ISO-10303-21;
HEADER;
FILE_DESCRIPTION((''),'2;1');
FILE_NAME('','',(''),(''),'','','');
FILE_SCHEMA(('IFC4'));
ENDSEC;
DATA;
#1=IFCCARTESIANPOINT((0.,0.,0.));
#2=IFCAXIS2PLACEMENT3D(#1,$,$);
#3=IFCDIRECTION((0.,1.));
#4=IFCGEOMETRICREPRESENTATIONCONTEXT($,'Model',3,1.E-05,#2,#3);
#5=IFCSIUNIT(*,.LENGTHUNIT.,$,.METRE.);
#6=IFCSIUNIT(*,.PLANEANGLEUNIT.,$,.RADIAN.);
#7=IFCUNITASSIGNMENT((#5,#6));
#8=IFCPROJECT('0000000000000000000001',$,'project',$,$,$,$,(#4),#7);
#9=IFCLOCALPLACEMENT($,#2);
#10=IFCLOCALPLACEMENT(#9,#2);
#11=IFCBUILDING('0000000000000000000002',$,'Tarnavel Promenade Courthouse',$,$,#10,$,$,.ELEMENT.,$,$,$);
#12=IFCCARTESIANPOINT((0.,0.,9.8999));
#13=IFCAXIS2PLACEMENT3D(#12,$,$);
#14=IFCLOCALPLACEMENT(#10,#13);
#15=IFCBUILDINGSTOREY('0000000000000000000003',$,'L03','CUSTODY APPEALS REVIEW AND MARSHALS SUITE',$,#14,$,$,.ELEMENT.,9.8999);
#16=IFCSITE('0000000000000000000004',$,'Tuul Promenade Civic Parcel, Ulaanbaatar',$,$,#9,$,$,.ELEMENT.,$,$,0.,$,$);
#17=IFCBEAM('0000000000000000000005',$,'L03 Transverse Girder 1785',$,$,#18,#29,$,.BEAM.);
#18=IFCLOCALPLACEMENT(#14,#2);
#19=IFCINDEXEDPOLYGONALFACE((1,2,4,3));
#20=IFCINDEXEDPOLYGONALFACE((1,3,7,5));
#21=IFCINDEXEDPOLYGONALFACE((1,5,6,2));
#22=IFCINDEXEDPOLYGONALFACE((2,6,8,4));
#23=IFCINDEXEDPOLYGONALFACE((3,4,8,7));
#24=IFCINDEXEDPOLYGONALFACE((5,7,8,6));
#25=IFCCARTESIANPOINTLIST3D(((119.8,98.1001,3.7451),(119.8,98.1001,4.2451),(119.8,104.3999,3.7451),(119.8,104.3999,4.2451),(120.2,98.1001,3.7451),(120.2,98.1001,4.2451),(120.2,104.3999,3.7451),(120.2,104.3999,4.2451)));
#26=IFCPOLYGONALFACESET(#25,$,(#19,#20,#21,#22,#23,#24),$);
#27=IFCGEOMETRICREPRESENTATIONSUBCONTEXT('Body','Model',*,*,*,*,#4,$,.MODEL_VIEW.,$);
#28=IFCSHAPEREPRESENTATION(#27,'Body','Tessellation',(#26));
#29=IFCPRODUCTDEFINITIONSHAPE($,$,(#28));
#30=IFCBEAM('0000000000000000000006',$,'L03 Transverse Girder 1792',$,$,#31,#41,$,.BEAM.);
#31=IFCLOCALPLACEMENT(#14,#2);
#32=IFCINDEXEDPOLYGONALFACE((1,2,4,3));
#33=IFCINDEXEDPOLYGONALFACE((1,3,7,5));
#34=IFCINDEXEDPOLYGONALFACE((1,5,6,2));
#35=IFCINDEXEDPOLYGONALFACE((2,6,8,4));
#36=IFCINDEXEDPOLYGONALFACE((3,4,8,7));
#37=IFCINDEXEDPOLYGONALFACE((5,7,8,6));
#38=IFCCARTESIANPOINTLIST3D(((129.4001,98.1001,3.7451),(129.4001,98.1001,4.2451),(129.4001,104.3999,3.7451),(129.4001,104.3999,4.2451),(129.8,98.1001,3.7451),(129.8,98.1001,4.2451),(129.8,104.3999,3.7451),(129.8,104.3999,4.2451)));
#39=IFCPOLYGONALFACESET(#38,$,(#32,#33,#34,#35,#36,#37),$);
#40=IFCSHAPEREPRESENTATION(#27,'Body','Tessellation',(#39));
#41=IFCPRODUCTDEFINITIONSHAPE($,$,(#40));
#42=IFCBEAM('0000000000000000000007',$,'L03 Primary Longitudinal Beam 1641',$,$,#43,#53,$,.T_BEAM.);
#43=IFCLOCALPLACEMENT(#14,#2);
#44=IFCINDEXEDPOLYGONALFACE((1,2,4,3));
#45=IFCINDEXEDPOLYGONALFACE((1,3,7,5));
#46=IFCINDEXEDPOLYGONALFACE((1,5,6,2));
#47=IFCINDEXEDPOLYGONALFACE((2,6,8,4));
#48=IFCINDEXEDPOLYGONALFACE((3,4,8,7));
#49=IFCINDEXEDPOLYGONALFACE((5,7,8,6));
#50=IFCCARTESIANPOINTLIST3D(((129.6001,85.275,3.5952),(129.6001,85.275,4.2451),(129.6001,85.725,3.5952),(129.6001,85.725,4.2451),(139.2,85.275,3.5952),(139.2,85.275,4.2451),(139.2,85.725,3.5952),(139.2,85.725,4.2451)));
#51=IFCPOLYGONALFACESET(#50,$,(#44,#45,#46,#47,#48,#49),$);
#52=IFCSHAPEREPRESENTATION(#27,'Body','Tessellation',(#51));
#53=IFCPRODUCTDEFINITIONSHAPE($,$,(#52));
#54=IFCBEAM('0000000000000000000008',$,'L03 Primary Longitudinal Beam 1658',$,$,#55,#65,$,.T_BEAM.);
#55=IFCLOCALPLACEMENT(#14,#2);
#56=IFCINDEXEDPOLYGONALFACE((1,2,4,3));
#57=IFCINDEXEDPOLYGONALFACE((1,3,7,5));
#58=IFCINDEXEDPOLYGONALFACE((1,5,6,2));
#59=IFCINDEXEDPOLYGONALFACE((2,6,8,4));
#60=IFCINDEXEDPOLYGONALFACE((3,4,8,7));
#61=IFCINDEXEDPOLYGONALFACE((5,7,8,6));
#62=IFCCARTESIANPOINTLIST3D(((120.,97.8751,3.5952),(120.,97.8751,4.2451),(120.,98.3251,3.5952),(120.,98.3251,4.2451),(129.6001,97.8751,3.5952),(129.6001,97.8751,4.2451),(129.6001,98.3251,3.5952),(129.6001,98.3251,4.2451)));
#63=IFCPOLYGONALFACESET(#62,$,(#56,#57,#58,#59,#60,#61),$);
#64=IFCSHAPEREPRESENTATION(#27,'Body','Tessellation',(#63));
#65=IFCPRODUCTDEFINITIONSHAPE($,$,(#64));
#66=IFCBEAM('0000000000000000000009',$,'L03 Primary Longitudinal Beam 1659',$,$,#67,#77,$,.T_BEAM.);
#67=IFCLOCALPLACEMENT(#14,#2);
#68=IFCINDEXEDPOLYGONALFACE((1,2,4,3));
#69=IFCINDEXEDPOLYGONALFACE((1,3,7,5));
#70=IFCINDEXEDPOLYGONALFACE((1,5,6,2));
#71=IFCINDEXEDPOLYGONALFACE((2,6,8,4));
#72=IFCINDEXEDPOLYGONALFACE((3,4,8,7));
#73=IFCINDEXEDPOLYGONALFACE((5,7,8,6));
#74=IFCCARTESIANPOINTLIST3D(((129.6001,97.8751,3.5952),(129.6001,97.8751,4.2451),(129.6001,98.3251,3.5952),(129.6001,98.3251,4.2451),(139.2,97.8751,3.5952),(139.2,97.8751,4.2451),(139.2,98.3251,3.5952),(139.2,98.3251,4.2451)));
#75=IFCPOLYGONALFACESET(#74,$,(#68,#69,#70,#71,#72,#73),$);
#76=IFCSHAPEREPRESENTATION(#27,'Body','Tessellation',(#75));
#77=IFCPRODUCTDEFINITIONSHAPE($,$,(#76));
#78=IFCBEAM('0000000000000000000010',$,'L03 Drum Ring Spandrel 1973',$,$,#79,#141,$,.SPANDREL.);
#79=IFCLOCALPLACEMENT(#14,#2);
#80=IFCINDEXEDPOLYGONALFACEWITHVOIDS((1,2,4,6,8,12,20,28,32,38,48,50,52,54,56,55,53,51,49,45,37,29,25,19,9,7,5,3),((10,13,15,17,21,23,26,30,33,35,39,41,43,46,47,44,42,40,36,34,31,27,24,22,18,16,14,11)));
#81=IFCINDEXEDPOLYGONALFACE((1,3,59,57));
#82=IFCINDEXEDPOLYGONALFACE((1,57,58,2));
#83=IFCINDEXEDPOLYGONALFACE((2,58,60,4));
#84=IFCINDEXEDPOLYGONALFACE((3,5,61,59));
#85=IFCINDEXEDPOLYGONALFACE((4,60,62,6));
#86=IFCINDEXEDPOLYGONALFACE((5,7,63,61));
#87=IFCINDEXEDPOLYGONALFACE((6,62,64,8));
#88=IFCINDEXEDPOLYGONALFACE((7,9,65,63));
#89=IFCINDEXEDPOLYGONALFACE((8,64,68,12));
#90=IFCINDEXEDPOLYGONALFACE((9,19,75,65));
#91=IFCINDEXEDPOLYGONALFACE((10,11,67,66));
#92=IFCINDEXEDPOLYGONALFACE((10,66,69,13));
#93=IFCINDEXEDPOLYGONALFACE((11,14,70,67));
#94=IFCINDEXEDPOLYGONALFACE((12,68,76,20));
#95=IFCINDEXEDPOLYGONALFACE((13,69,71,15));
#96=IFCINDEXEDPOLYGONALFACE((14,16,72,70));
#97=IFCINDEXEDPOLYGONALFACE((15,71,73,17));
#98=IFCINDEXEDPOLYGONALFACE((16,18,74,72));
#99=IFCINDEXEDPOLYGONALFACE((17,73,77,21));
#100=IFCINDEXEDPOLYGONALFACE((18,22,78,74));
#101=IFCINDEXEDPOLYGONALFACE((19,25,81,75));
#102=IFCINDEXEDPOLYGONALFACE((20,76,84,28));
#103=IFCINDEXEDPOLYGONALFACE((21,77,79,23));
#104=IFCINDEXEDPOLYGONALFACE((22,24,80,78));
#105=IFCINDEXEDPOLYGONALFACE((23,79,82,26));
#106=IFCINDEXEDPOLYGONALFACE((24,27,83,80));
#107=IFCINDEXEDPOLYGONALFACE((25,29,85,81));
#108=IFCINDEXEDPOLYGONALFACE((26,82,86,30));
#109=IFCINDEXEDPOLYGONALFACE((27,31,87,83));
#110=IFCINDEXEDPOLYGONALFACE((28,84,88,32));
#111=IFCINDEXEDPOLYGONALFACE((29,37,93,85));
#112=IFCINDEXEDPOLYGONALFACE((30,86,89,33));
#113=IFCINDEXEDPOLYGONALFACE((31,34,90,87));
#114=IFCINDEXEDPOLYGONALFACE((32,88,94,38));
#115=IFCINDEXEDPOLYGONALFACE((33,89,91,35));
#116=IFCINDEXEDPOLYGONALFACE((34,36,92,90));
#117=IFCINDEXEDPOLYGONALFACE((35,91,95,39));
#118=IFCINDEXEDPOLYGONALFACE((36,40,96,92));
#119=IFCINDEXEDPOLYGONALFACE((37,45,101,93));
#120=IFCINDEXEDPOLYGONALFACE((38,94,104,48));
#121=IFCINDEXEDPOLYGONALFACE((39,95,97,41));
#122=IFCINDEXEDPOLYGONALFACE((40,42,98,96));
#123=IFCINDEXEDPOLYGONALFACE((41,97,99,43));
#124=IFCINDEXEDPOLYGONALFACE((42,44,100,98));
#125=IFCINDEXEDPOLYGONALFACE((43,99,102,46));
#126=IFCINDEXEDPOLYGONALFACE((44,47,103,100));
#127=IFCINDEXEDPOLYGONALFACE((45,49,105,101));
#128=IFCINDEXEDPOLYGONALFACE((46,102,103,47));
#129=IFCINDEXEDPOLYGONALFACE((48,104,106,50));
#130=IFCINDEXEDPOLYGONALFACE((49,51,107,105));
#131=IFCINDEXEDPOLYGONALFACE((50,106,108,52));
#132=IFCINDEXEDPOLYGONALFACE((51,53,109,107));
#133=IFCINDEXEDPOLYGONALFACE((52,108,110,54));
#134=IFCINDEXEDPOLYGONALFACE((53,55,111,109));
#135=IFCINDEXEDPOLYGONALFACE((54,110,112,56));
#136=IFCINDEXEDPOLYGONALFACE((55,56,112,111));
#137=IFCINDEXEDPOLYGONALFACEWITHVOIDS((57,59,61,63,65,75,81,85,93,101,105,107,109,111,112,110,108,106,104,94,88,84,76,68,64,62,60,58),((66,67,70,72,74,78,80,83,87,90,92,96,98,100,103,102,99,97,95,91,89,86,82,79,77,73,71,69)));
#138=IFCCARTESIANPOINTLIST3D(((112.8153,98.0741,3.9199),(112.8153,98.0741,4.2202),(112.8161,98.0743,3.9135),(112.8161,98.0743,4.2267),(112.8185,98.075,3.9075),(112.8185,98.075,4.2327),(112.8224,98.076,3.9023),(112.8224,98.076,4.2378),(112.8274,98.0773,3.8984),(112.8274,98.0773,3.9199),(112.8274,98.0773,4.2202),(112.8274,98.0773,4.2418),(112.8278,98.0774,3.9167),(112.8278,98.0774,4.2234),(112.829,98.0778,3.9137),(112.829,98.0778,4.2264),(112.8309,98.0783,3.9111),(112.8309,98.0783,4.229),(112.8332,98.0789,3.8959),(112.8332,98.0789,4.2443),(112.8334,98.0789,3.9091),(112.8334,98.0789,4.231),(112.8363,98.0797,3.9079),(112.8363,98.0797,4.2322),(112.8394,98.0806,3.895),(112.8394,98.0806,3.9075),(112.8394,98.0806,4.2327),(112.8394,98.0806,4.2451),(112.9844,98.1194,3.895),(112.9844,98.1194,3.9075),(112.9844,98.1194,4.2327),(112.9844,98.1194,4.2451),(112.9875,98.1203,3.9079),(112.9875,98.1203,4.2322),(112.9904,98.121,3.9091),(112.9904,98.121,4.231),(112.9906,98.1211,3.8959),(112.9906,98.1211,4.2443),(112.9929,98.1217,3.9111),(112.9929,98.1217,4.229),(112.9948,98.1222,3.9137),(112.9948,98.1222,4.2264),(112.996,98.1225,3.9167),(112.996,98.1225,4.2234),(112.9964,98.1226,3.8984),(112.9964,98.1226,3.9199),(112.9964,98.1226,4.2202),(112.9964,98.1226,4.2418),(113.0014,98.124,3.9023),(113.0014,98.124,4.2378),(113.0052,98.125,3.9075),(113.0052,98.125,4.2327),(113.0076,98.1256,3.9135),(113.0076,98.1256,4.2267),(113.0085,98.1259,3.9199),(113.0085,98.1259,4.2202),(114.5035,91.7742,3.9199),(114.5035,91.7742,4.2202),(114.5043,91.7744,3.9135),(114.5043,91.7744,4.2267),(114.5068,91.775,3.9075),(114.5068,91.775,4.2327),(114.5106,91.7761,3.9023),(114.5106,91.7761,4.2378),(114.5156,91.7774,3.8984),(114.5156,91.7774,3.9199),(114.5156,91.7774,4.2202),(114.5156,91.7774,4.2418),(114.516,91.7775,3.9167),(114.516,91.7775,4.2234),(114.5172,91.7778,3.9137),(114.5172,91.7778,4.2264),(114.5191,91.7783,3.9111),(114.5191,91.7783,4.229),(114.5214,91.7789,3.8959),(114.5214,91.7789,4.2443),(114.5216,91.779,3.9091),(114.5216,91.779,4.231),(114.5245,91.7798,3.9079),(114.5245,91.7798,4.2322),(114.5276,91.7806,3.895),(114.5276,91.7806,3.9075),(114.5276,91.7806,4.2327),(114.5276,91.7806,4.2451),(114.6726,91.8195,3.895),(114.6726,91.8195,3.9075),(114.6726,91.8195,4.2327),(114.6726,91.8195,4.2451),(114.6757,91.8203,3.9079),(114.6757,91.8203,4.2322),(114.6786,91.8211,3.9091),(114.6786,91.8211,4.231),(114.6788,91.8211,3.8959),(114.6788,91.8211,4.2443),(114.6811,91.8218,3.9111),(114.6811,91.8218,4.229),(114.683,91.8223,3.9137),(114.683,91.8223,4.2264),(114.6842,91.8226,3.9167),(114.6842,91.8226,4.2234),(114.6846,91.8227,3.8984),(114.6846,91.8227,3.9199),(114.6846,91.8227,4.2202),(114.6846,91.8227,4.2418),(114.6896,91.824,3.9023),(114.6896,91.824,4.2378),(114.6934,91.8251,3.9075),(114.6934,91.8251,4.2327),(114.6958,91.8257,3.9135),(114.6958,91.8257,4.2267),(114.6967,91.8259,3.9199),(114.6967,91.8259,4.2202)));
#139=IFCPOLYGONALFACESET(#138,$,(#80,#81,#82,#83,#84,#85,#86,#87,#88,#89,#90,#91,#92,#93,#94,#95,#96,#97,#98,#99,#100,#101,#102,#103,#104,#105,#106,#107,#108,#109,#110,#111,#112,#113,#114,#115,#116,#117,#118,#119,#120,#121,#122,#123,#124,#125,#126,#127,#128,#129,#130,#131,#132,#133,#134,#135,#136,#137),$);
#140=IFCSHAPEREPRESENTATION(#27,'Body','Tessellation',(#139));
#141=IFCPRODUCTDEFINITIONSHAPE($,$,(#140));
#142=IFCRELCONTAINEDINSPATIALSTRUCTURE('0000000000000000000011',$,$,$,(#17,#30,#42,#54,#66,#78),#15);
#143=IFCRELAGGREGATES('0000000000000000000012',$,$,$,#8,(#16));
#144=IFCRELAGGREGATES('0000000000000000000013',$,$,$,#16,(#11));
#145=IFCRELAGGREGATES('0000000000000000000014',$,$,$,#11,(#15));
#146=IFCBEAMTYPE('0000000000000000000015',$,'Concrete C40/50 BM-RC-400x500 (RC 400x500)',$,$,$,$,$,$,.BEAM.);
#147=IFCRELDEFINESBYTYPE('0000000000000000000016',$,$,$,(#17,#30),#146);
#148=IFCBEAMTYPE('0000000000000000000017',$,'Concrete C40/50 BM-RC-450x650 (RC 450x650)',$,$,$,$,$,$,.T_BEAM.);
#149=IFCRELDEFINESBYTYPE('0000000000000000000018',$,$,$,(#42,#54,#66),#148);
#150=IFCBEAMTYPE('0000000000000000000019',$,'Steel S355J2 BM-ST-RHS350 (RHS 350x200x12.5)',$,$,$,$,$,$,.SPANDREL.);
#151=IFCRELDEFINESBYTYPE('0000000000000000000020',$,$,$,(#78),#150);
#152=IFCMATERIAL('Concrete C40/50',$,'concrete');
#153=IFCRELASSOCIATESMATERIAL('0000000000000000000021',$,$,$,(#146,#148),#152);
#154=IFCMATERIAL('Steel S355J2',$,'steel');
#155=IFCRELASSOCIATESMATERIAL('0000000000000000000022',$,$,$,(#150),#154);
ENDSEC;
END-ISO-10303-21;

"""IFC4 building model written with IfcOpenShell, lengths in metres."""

from ifc_helpers import new_model, si_unit, direction, frame, origin, origin_2d, place, context, subcontext, project, spatial, rectangle, hollow_rectangle, extrude, material, material_profile, profile_set, type_object, element, save


model = new_model("IFC4")

# Units and contexts
model_context = context("Model", 3, precision=1e-05, world=origin(), true_north=direction((0.0, 1.0)))
body_context = subcontext(model_context, "Body", "Model", "MODEL_VIEW")
ifc_project = project(units=[si_unit("LENGTHUNIT", "METRE"), si_unit("PLANEANGLEUNIT", "RADIAN")], contexts=[model_context])

# Site, building, storey
site_placement = place(None, origin())
site = spatial("IfcSite", under=ifc_project, at=site_placement, Name="Tuul Promenade Civic Parcel, Ulaanbaatar", CompositionType="ELEMENT", RefElevation=0.0)
building_placement = place(site_placement, origin())
building = spatial("IfcBuilding", under=site, at=building_placement, Name="Tarnavel Promenade Courthouse", CompositionType="ELEMENT")
storey_placement = place(building_placement, frame((0.0, 0.0, 9.8999)))
storey = spatial("IfcBuildingStorey", under=building, at=storey_placement, Name="L03", Description="CUSTODY APPEALS REVIEW AND MARSHALS SUITE", CompositionType="ELEMENT", Elevation=9.8999)

# Shared definitions
ifc_material_1 = material(Name="Concrete C40/50", Category="concrete")

# Beams
ifc_material_profile_1 = material_profile(ifc_material_1, rectangle(XDim=0.3999, YDim=0.5, at=origin_2d()), Name="RC 400x500")
ifc_profile_set_1 = profile_set([ifc_material_profile_1], Name="Concrete C40/50")
beam_type_1 = type_object("IfcBeamType", Name="Concrete C40/50 BM-RC-400x500 (RC 400x500)", PredefinedType="BEAM", material=ifc_profile_set_1)
for number, where, z_axis, x_axis, name in (
    (1, (120.0, 98.1001, 3.9951), (0.0, 1.0, 0.0), (-1.0, 0.0, 0.0), "L03 Transverse Girder 1785"),
    (2, (129.6001, 98.1001, 3.9951), (0.0, 1.0, 0.0), (-1.0, 0.0, 0.0), "L03 Transverse Girder 1792"),
):
    element("IfcBeam", number, at=place(storey_placement, frame(where, z_axis=z_axis, x_axis=x_axis)), inside=storey, type_object=beam_type_1, Name=name, PredefinedType="BEAM", context=body_context, shape_type="SweptSolid", body=[
        extrude(rectangle(XDim=0.3999, YDim=0.5, at=origin_2d()), origin(), (0.0, 0.0, 1.0), 6.2998),
    ])
ifc_material_profile_2 = material_profile(ifc_material_1, rectangle(XDim=0.45, YDim=0.6499, at=origin_2d()), Name="RC 450x650")
ifc_profile_set_2 = profile_set([ifc_material_profile_2], Name="Concrete C40/50")
beam_type_2 = type_object("IfcBeamType", Name="Concrete C40/50 BM-RC-450x650 (RC 450x650)", PredefinedType="T_BEAM", material=ifc_profile_set_2)
beam_1_placement = place(storey_placement, frame((129.6001, 85.5, 3.9202), z_axis=(1.0, 0.0, 0.0), x_axis=(0.0, 1.0, 0.0)))
element("IfcBeam", 3, at=beam_1_placement, inside=storey, type_object=beam_type_2, Name="L03 Primary Longitudinal Beam 1641", PredefinedType="T_BEAM", context=body_context, shape_type="SweptSolid", body=[
    extrude(rectangle(XDim=0.45, YDim=0.6499, at=origin_2d()), origin(), (0.0, 0.0, 1.0), 9.5999),
])
beam_2_placement = place(storey_placement, frame((120.0, 98.1001, 3.9202), z_axis=(1.0, 0.0, 0.0), x_axis=(0.0, 1.0, 0.0)))
element("IfcBeam", 4, at=beam_2_placement, inside=storey, type_object=beam_type_2, Name="L03 Primary Longitudinal Beam 1658", PredefinedType="T_BEAM", context=body_context, shape_type="SweptSolid", body=[
    extrude(rectangle(XDim=0.45, YDim=0.6499, at=origin_2d()), origin(), (0.0, 0.0, 1.0), 9.6001),
])
beam_3_placement = place(storey_placement, frame((129.6001, 98.1001, 3.9202), z_axis=(1.0, 0.0, 0.0), x_axis=(0.0, 1.0, 0.0)))
element("IfcBeam", 5, at=beam_3_placement, inside=storey, type_object=beam_type_2, Name="L03 Primary Longitudinal Beam 1659", PredefinedType="T_BEAM", context=body_context, shape_type="SweptSolid", body=[
    extrude(rectangle(XDim=0.45, YDim=0.6499, at=origin_2d()), origin(), (0.0, 0.0, 1.0), 9.5999),
])
ifc_material_2 = material(Name="Steel S355J2", Category="steel")
ifc_material_profile_3 = material_profile(ifc_material_2, hollow_rectangle(XDim=0.2, YDim=0.3501, WallThickness=0.0125, InnerFilletRadius=0.0125, OuterFilletRadius=0.0249, at=origin_2d()), Name="RHS 350x200x12.5")
ifc_profile_set_3 = profile_set([ifc_material_profile_3], Name="Steel S355J2")
beam_type_3 = type_object("IfcBeamType", Name="Steel S355J2 BM-ST-RHS350 (RHS 350x200x12.5)", PredefinedType="SPANDREL", material=ifc_profile_set_3)
beam_4_placement = place(storey_placement, frame((114.6001, 91.8, 4.0701), z_axis=(-0.258839, 0.96592, 0.0), x_axis=(-0.96592, -0.258839, 0.0)))
element("IfcBeam", 6, at=beam_4_placement, inside=storey, type_object=beam_type_3, Name="L03 Drum Ring Spandrel 1973", PredefinedType="SPANDREL", context=body_context, shape_type="SweptSolid", body=[
    extrude(hollow_rectangle(XDim=0.2, YDim=0.3501, WallThickness=0.0125, InnerFilletRadius=0.0125, OuterFilletRadius=0.0249, at=origin_2d()), origin(), (0.0, 0.0, 1.0), 6.5222),
])

save(model, "model.ifc")
